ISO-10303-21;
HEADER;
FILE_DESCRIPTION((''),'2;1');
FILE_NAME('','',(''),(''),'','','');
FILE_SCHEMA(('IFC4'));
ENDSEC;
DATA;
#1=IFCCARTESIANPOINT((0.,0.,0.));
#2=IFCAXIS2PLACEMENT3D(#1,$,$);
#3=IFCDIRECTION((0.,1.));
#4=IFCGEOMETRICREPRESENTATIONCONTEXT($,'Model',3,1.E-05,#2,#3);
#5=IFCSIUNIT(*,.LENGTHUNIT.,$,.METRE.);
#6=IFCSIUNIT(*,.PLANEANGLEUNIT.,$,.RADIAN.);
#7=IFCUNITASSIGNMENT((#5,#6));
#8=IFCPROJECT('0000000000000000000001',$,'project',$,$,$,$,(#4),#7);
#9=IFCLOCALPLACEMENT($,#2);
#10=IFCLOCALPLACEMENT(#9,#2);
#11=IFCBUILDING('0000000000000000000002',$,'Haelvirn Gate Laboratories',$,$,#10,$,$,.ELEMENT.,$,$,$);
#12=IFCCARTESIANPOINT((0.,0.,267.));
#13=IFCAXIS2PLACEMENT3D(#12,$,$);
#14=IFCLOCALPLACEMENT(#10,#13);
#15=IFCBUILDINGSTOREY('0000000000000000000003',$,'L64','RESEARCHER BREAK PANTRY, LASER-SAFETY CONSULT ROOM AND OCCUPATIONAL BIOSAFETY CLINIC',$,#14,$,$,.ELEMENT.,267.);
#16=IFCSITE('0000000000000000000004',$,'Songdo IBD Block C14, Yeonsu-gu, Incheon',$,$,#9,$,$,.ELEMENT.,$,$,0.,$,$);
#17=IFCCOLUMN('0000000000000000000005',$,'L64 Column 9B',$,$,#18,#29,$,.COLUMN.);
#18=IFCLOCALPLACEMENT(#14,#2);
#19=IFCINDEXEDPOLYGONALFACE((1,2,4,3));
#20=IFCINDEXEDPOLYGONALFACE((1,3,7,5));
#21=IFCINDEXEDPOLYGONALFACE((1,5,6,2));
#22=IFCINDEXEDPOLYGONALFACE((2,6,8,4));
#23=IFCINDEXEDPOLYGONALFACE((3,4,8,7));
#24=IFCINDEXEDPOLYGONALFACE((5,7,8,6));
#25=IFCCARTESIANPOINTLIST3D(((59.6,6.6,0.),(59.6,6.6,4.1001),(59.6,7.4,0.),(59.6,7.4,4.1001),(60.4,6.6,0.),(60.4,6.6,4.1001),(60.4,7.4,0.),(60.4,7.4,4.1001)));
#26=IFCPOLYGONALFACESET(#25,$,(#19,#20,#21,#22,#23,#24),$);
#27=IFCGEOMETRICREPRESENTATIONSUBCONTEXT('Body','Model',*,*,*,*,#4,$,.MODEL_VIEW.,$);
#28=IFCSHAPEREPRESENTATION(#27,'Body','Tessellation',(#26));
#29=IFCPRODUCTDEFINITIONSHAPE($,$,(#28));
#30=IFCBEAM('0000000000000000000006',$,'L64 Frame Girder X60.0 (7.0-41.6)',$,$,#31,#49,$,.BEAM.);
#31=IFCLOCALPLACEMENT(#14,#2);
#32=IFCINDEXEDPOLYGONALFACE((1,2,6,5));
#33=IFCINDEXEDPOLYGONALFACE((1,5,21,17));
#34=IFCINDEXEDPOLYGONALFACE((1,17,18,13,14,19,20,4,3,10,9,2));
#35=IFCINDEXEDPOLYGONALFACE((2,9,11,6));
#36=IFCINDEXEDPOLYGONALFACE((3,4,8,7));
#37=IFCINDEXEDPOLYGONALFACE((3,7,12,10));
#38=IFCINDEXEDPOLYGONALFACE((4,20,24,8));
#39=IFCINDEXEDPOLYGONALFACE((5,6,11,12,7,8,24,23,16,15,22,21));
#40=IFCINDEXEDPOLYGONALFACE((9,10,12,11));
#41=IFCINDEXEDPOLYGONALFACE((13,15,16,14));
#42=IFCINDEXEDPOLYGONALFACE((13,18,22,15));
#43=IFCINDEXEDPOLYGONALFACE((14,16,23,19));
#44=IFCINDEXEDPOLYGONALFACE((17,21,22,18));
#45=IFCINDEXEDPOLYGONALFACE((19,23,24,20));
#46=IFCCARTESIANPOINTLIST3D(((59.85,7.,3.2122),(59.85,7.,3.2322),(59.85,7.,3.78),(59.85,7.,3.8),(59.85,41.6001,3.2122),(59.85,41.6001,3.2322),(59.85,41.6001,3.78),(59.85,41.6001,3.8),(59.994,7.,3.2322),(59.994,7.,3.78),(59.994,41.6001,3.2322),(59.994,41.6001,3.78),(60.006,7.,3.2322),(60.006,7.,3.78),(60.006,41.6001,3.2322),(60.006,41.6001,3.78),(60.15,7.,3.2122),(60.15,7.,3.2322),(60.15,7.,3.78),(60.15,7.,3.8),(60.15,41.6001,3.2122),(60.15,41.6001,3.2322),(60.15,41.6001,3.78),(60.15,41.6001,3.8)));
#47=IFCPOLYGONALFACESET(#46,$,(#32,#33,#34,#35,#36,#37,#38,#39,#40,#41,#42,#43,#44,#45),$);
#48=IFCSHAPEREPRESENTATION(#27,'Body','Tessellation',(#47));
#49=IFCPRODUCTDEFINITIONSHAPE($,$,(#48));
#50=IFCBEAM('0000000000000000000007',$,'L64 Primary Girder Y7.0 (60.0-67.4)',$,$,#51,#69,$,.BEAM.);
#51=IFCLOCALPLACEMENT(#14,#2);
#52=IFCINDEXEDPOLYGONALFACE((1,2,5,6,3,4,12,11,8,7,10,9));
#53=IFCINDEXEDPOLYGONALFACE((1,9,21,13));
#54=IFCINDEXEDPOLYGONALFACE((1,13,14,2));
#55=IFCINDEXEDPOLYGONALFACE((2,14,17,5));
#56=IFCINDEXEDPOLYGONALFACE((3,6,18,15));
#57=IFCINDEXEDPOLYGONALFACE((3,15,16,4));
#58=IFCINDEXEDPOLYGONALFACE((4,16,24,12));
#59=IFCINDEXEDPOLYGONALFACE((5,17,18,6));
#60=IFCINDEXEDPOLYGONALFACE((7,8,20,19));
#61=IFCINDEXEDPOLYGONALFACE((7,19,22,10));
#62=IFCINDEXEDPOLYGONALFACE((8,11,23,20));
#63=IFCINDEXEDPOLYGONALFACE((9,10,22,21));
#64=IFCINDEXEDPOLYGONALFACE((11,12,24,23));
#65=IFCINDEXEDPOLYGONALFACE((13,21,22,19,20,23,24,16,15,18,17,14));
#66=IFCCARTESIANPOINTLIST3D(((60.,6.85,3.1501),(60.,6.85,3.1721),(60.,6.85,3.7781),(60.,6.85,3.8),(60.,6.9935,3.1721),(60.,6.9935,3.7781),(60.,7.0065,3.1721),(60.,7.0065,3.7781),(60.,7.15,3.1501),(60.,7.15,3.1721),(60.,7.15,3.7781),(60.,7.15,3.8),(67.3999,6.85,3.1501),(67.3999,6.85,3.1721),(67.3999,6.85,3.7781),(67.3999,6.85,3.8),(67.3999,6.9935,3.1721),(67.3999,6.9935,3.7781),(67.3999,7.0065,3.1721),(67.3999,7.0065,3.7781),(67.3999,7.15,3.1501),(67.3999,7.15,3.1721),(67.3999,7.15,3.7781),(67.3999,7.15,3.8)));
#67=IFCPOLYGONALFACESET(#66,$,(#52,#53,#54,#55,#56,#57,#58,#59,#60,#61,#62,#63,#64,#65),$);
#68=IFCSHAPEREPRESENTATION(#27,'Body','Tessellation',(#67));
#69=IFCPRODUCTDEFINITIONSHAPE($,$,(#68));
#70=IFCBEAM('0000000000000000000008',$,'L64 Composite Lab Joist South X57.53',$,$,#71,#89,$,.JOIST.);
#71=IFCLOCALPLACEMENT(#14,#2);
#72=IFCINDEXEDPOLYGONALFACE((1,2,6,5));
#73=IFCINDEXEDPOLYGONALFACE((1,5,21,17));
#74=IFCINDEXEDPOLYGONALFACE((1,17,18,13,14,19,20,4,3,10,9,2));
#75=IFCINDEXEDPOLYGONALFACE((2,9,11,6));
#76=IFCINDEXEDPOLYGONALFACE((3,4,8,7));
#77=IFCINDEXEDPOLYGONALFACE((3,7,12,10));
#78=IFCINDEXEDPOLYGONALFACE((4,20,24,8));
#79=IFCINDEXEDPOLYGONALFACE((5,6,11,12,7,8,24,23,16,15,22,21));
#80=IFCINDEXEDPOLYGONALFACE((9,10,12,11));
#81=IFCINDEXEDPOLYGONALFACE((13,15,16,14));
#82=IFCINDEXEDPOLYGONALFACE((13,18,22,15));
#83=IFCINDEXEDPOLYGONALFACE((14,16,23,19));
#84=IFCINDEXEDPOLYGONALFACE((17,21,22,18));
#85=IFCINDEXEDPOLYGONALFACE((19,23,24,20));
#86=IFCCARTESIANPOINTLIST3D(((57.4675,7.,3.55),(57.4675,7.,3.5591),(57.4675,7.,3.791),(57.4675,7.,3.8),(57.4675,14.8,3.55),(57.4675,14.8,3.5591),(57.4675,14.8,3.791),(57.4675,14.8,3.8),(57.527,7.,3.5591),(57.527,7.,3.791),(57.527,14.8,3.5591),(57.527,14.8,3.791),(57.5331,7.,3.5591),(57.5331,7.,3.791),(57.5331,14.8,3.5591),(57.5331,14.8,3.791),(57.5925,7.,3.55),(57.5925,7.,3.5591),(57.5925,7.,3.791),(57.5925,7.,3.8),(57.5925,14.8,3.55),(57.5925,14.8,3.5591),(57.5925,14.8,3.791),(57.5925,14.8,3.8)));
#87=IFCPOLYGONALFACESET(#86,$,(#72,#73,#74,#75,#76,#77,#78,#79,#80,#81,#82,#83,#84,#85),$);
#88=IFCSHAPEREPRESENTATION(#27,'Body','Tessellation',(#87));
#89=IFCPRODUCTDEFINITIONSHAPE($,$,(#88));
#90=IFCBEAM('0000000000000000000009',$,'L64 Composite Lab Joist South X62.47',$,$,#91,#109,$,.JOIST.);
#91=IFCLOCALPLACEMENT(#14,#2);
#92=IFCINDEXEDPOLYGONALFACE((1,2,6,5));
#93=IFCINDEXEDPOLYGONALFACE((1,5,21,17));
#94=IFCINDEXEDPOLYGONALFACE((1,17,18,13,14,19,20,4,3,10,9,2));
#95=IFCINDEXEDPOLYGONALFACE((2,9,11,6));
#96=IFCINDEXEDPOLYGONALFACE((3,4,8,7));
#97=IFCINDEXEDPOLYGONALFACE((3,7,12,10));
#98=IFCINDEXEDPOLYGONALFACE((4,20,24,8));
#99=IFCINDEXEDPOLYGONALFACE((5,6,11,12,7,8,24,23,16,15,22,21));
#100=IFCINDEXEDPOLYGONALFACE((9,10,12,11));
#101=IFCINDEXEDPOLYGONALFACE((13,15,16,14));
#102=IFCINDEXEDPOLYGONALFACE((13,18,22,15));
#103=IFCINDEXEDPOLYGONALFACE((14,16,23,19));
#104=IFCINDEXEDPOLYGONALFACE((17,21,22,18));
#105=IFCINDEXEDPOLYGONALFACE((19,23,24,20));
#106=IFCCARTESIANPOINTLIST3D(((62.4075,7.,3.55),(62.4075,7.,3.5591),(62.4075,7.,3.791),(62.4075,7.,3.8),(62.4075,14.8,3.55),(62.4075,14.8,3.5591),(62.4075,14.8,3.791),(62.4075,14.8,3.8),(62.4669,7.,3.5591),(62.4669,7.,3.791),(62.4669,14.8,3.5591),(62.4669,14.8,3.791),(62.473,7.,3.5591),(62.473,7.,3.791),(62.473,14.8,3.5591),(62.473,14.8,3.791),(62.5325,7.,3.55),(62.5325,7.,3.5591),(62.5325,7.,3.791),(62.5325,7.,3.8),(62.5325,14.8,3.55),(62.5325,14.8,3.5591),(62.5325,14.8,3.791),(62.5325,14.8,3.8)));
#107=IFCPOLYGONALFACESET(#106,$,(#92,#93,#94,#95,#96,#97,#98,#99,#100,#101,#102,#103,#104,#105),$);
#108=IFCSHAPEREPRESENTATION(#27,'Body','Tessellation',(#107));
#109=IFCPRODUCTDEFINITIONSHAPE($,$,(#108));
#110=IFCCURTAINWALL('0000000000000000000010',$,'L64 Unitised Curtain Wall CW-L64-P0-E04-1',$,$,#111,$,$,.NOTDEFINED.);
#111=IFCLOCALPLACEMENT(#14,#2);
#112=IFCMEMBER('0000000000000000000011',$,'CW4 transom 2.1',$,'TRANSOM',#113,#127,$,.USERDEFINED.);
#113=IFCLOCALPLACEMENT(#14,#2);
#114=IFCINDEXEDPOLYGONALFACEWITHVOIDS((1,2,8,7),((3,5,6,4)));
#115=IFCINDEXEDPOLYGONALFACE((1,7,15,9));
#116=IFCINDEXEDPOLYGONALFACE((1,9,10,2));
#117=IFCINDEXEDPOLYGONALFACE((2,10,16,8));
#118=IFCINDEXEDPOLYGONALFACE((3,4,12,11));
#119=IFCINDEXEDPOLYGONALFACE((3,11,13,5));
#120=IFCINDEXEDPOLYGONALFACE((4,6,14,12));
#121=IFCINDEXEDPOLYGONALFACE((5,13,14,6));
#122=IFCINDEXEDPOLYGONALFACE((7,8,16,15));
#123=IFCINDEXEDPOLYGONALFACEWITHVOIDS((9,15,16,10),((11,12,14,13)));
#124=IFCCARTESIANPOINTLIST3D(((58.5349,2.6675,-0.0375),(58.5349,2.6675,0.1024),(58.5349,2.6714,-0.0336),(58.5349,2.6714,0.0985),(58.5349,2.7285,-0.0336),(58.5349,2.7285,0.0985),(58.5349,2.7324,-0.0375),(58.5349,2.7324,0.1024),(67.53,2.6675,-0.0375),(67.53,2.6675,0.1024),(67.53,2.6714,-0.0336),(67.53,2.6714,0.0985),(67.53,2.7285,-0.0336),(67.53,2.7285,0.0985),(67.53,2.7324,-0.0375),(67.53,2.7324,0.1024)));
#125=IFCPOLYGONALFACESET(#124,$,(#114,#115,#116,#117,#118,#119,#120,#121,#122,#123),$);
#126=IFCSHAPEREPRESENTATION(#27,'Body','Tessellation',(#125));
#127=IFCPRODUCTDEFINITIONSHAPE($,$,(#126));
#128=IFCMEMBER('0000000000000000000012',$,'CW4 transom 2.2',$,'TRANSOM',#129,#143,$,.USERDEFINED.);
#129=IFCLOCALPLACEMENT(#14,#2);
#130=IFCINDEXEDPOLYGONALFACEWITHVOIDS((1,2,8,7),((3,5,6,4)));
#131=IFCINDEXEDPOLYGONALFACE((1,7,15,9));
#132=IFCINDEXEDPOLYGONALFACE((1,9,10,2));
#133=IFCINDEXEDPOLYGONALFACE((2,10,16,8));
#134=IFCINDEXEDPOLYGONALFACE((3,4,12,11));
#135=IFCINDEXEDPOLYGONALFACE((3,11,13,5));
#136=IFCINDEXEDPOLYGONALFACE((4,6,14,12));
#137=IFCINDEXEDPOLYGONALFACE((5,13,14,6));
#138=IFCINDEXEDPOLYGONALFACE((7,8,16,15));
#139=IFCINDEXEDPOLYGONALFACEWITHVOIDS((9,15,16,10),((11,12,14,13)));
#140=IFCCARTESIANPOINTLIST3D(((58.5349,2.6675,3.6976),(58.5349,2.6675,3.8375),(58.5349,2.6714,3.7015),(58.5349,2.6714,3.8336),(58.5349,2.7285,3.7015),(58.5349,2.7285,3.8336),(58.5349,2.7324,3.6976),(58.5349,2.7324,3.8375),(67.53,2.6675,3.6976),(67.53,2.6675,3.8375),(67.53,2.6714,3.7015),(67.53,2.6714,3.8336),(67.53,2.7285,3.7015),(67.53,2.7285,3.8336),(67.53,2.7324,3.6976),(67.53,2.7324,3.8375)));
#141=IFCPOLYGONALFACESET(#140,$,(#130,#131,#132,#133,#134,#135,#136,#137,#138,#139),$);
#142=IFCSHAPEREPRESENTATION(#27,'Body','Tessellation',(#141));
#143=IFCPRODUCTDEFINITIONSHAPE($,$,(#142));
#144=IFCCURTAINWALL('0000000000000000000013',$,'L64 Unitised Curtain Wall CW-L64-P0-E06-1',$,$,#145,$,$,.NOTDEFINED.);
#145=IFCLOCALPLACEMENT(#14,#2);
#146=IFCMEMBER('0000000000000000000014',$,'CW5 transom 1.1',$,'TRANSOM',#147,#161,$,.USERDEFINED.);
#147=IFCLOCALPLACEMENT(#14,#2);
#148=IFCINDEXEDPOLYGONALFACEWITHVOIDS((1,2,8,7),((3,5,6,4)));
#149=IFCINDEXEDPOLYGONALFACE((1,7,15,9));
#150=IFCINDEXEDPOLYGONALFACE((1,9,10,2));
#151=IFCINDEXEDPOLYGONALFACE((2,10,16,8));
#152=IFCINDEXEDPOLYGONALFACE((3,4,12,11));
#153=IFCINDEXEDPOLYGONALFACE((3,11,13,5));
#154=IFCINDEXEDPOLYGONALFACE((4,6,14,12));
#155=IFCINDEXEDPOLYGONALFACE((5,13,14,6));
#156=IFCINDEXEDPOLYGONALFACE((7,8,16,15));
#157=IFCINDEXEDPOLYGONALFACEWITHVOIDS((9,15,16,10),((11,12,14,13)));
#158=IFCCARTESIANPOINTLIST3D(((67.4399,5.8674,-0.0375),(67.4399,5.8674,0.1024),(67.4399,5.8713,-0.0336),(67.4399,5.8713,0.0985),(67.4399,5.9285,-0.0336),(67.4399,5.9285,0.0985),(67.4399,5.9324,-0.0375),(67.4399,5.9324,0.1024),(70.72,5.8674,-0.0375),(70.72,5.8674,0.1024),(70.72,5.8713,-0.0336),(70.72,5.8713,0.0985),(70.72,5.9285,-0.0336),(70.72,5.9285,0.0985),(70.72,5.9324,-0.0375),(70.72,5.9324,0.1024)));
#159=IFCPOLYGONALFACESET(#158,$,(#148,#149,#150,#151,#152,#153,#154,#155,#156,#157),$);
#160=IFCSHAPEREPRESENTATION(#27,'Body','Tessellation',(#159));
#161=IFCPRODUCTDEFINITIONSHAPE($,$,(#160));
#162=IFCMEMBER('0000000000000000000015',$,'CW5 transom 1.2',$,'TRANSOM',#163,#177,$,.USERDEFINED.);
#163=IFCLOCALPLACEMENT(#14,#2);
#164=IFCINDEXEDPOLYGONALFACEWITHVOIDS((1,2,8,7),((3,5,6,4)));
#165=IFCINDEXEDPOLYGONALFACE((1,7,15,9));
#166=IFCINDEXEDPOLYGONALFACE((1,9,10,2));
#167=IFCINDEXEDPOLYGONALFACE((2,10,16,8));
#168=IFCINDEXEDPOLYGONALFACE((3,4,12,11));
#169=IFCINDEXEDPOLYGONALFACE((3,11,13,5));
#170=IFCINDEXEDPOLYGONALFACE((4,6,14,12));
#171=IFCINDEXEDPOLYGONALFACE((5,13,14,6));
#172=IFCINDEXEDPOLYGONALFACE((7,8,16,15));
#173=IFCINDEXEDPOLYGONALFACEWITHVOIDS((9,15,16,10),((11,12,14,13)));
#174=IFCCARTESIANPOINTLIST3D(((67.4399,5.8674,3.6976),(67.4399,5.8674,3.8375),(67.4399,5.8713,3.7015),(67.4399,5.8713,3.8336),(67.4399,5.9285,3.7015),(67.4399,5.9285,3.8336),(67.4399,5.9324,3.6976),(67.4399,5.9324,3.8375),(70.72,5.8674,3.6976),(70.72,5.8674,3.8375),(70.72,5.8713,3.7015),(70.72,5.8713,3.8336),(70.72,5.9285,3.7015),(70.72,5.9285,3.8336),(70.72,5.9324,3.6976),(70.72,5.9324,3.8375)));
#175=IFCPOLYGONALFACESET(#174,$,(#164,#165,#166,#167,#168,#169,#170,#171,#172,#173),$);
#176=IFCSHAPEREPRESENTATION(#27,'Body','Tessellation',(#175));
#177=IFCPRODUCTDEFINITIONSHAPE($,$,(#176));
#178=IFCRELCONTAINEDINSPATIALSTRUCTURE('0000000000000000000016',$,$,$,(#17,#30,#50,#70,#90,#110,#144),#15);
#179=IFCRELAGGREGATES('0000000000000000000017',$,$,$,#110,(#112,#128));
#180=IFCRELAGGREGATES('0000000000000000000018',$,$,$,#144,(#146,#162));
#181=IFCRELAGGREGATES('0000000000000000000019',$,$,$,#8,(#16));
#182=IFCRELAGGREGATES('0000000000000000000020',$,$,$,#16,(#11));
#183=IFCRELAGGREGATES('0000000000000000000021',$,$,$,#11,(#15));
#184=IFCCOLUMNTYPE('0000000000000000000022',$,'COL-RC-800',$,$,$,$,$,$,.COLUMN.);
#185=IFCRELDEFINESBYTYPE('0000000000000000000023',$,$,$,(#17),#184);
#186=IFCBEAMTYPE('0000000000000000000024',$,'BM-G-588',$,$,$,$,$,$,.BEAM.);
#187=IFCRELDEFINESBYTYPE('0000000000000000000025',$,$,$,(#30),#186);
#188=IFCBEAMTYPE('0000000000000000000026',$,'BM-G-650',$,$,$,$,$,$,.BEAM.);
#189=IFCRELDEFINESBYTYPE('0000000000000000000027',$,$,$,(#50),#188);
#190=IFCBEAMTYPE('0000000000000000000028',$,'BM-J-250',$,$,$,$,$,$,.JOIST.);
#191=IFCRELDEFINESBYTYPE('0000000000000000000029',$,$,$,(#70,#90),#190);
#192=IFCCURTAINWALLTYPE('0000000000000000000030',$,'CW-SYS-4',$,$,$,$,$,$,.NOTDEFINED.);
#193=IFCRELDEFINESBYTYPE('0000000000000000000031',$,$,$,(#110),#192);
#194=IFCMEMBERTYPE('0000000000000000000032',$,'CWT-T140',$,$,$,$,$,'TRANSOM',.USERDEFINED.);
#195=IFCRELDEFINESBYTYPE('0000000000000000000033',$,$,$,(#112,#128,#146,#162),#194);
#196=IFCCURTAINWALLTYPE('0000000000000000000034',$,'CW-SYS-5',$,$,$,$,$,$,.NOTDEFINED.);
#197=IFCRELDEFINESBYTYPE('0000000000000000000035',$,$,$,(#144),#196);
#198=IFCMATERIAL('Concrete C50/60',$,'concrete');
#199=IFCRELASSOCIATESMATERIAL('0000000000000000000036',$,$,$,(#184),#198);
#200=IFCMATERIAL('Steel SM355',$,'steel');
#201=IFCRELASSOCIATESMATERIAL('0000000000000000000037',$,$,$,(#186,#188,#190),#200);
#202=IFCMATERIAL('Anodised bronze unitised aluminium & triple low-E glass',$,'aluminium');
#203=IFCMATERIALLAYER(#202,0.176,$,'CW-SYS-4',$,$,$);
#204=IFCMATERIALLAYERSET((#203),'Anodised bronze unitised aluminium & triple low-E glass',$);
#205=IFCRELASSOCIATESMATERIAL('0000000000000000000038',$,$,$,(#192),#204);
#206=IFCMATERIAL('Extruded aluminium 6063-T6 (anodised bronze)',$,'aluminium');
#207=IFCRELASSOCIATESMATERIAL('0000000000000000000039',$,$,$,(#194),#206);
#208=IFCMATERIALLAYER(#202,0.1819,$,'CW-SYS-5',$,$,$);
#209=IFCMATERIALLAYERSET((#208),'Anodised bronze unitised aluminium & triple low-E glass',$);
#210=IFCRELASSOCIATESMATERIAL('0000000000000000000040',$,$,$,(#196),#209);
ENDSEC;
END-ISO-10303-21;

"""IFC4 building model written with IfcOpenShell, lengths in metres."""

from ifc_helpers import new_model, si_unit, direction, frame, origin, origin_2d, place, context, subcontext, project, spatial, rectangle, hollow_rectangle, i_section, extrude, source, transform, mapped, material, layer, layer_set, material_profile, profile_set, type_object, type_shapes, element, aggregate, save


model = new_model("IFC4")

# Units and contexts
model_context = context("Model", 3, precision=1e-05, world=origin(), true_north=direction((0.0, 1.0)))
body_context = subcontext(model_context, "Body", "Model", "MODEL_VIEW")
ifc_project = project(units=[si_unit("LENGTHUNIT", "METRE"), si_unit("PLANEANGLEUNIT", "RADIAN")], contexts=[model_context])

# Site, building, storey
site_placement = place(None, origin())
site = spatial("IfcSite", under=ifc_project, at=site_placement, Name="Songdo IBD Block C14, Yeonsu-gu, Incheon", CompositionType="ELEMENT", RefElevation=0.0)
building_placement = place(site_placement, origin())
building = spatial("IfcBuilding", under=site, at=building_placement, Name="Haelvirn Gate Laboratories", CompositionType="ELEMENT")
storey_placement = place(building_placement, frame((0.0, 0.0, 267.0)))
storey = spatial("IfcBuildingStorey", under=building, at=storey_placement, Name="L64", Description="RESEARCHER BREAK PANTRY, LASER-SAFETY CONSULT ROOM AND OCCUPATIONAL BIOSAFETY CLINIC", CompositionType="ELEMENT", Elevation=267.0)

# Column
ifc_material_1 = material(Name="Concrete C50/60", Category="concrete")
ifc_material_profile_1 = material_profile(ifc_material_1, rectangle(XDim=0.8, YDim=0.8, at=origin_2d()), Name="RC-800x800")
ifc_profile_set_1 = profile_set([ifc_material_profile_1], Name="Concrete C50/60")
column_type = type_object("IfcColumnType", Name="COL-RC-800", PredefinedType="COLUMN", material=ifc_profile_set_1)
shared_shape_1 = source(origin(), body_context, "Body", "SweptSolid", [
    extrude(rectangle(XDim=0.8, YDim=0.8, at=origin_2d()), origin(), (0.0, 0.0, 1.0), 4.1001),
])
type_shapes(column_type, [shared_shape_1])
column_placement = place(storey_placement, frame((60.0, 7.0, 0.0), z_axis=(0.0, 0.0, 1.0), x_axis=(1.0, 0.0, 0.0)))
element("IfcColumn", 1, at=column_placement, inside=storey, type_object=column_type, Name="L64 Column 9B", PredefinedType="COLUMN", context=body_context, shape_type="MappedRepresentation", body=[
    mapped(shared_shape_1, transform((0.0, 0.0, 0.0), scale=1.0)),
])

# Beams
ifc_material_2 = material(Name="Steel SM355", Category="steel")
ifc_material_profile_2 = material_profile(ifc_material_2, i_section(OverallWidth=0.3, OverallDepth=0.5879, WebThickness=0.012, FlangeThickness=0.02, at=origin_2d()), Name="H-588x300x12x20")
ifc_profile_set_2 = profile_set([ifc_material_profile_2], Name="Steel SM355")
beam_type_1 = type_object("IfcBeamType", Name="BM-G-588", PredefinedType="BEAM", material=ifc_profile_set_2)
shared_shape_2 = source(origin(), body_context, "Body", "SweptSolid", [
    extrude(i_section(OverallWidth=0.3, OverallDepth=0.5879, WebThickness=0.012, FlangeThickness=0.02, at=origin_2d()), origin(), (0.0, 0.0, 1.0), 34.6001),
])
type_shapes(beam_type_1, [shared_shape_2])
beam_1_placement = place(storey_placement, frame((60.0, 7.0, 3.5061), z_axis=(0.0, 1.0, 0.0), x_axis=(-1.0, 0.0, 0.0)))
element("IfcBeam", 2, at=beam_1_placement, inside=storey, type_object=beam_type_1, Name="L64 Frame Girder X60.0 (7.0-41.6)", PredefinedType="BEAM", context=body_context, shape_type="MappedRepresentation", body=[
    mapped(shared_shape_2, transform((0.0, 0.0, 0.0), scale=1.0)),
])
ifc_material_profile_3 = material_profile(ifc_material_2, i_section(OverallWidth=0.3, OverallDepth=0.6499, WebThickness=0.0129, FlangeThickness=0.022, at=origin_2d()), Name="H-650x300x13x22")
ifc_profile_set_3 = profile_set([ifc_material_profile_3], Name="Steel SM355")
beam_type_2 = type_object("IfcBeamType", Name="BM-G-650", PredefinedType="BEAM", material=ifc_profile_set_3)
shared_shape_3 = source(origin(), body_context, "Body", "SweptSolid", [
    extrude(i_section(OverallWidth=0.3, OverallDepth=0.6499, WebThickness=0.0129, FlangeThickness=0.022, at=origin_2d()), origin(), (0.0, 0.0, 1.0), 7.3999),
])
type_shapes(beam_type_2, [shared_shape_3])
beam_2_placement = place(storey_placement, frame((60.0, 7.0, 3.4751), z_axis=(1.0, 0.0, 0.0), x_axis=(0.0, 1.0, 0.0)))
element("IfcBeam", 3, at=beam_2_placement, inside=storey, type_object=beam_type_2, Name="L64 Primary Girder Y7.0 (60.0-67.4)", PredefinedType="BEAM", context=body_context, shape_type="MappedRepresentation", body=[
    mapped(shared_shape_3, transform((0.0, 0.0, 0.0), scale=1.0)),
])
ifc_material_profile_4 = material_profile(ifc_material_2, i_section(OverallWidth=0.125, OverallDepth=0.25, WebThickness=0.0061, FlangeThickness=0.009, at=origin_2d()), Name="H-250x125x6x9")
ifc_profile_set_4 = profile_set([ifc_material_profile_4], Name="Steel SM355")
beam_type_3 = type_object("IfcBeamType", Name="BM-J-250", PredefinedType="JOIST", material=ifc_profile_set_4)
shared_shape_4 = source(origin(), body_context, "Body", "SweptSolid", [
    extrude(i_section(OverallWidth=0.125, OverallDepth=0.25, WebThickness=0.0061, FlangeThickness=0.009, at=origin_2d()), origin(), (0.0, 0.0, 1.0), 7.8),
])
type_shapes(beam_type_3, [shared_shape_4])
for number, where, z_axis, x_axis, name in (
    (4, (57.53, 7.0, 3.675), (0.0, 1.0, 0.0), (-1.0, 0.0, 0.0), "L64 Composite Lab Joist South X57.53"),
    (5, (62.47, 7.0, 3.675), (0.0, 1.0, 0.0), (-1.0, 0.0, 0.0), "L64 Composite Lab Joist South X62.47"),
):
    element("IfcBeam", number, at=place(storey_placement, frame(where, z_axis=z_axis, x_axis=x_axis)), inside=storey, type_object=beam_type_3, Name=name, PredefinedType="JOIST", context=body_context, shape_type="MappedRepresentation", body=[
        mapped(shared_shape_4, transform((0.0, 0.0, 0.0), scale=1.0)),
    ])

# Curtain walls, members
ifc_material_3 = material(Name="Anodised bronze unitised aluminium & triple low-E glass", Category="aluminium")
ifc_layer_1 = layer(ifc_material_3, 0.176, Name="CW-SYS-4")
ifc_layer_set_1 = layer_set([ifc_layer_1], Name="Anodised bronze unitised aluminium & triple low-E glass")
curtain_wall_type_1 = type_object("IfcCurtainWallType", Name="CW-SYS-4", PredefinedType="NOTDEFINED", material=ifc_layer_set_1)
curtain_wall_1_placement = place(storey_placement, origin())
curtain_wall_1 = element("IfcCurtainWall", 6, at=curtain_wall_1_placement, inside=storey, type_object=curtain_wall_type_1, Name="L64 Unitised Curtain Wall CW-L64-P0-E04-1", PredefinedType="NOTDEFINED")
ifc_material_4 = material(Name="Extruded aluminium 6063-T6 (anodised bronze)", Category="aluminium")
ifc_material_profile_5 = material_profile(ifc_material_4, hollow_rectangle(XDim=0.0649, YDim=0.1399, WallThickness=0.0039, at=origin_2d()), Name="CWT-140x65x4")
ifc_profile_set_5 = profile_set([ifc_material_profile_5], Name="Extruded aluminium 6063-T6 (anodised bronze)")
member_type_1 = type_object("IfcMemberType", Name="CWT-T140", ElementType="TRANSOM", PredefinedType="USERDEFINED", material=ifc_profile_set_5)
shared_shape_5 = source(origin(), body_context, "Body", "SweptSolid", [
    extrude(hollow_rectangle(XDim=0.0649, YDim=0.1399, WallThickness=0.0039, at=origin_2d()), origin(), (0.0, 0.0, 1.0), 8.9951),
])
member_1_placement = place(storey_placement, frame((58.5349, 2.7, 0.0325), z_axis=(1.0, 0.0, 0.0), x_axis=(0.0, 1.0, 0.0)))
member_1 = element("IfcMember", 7, at=member_1_placement, type_object=member_type_1, Name="CW4 transom 2.1", ObjectType="TRANSOM", PredefinedType="USERDEFINED", context=body_context, shape_type="MappedRepresentation", body=[
    mapped(shared_shape_5, transform((0.0, 0.0, 0.0), scale=1.0)),
])
member_2_placement = place(storey_placement, frame((58.5349, 2.7, 3.7676), z_axis=(1.0, 0.0, 0.0), x_axis=(0.0, 1.0, 0.0)))
member_2 = element("IfcMember", 8, at=member_2_placement, type_object=member_type_1, Name="CW4 transom 2.2", ObjectType="TRANSOM", PredefinedType="USERDEFINED", context=body_context, shape_type="MappedRepresentation", body=[
    mapped(shared_shape_5, transform((0.0, 0.0, 0.0), scale=1.0)),
])
ifc_layer_2 = layer(ifc_material_3, 0.1819, Name="CW-SYS-5")
ifc_layer_set_2 = layer_set([ifc_layer_2], Name="Anodised bronze unitised aluminium & triple low-E glass")
curtain_wall_type_2 = type_object("IfcCurtainWallType", Name="CW-SYS-5", PredefinedType="NOTDEFINED", material=ifc_layer_set_2)
curtain_wall_2_placement = place(storey_placement, origin())
curtain_wall_2 = element("IfcCurtainWall", 9, at=curtain_wall_2_placement, inside=storey, type_object=curtain_wall_type_2, Name="L64 Unitised Curtain Wall CW-L64-P0-E06-1", PredefinedType="NOTDEFINED")
shared_shape_6 = source(origin(), body_context, "Body", "SweptSolid", [
    extrude(hollow_rectangle(XDim=0.0649, YDim=0.1399, WallThickness=0.0039, at=origin_2d()), origin(), (0.0, 0.0, 1.0), 3.28),
])
member_3_placement = place(storey_placement, frame((67.4399, 5.8999, 0.0325), z_axis=(1.0, 0.0, 0.0), x_axis=(0.0, 1.0, 0.0)))
member_3 = element("IfcMember", 10, at=member_3_placement, type_object=member_type_1, Name="CW5 transom 1.1", ObjectType="TRANSOM", PredefinedType="USERDEFINED", context=body_context, shape_type="MappedRepresentation", body=[
    mapped(shared_shape_6, transform((0.0, 0.0, 0.0), scale=1.0)),
])
member_4_placement = place(storey_placement, frame((67.4399, 5.8999, 3.7676), z_axis=(1.0, 0.0, 0.0), x_axis=(0.0, 1.0, 0.0)))
member_4 = element("IfcMember", 11, at=member_4_placement, type_object=member_type_1, Name="CW5 transom 1.2", ObjectType="TRANSOM", PredefinedType="USERDEFINED", context=body_context, shape_type="MappedRepresentation", body=[
    mapped(shared_shape_6, transform((0.0, 0.0, 0.0), scale=1.0)),
])

aggregate(curtain_wall_1, [member_1, member_2])
aggregate(curtain_wall_2, [member_3, member_4])

save(model, "model.ifc")
